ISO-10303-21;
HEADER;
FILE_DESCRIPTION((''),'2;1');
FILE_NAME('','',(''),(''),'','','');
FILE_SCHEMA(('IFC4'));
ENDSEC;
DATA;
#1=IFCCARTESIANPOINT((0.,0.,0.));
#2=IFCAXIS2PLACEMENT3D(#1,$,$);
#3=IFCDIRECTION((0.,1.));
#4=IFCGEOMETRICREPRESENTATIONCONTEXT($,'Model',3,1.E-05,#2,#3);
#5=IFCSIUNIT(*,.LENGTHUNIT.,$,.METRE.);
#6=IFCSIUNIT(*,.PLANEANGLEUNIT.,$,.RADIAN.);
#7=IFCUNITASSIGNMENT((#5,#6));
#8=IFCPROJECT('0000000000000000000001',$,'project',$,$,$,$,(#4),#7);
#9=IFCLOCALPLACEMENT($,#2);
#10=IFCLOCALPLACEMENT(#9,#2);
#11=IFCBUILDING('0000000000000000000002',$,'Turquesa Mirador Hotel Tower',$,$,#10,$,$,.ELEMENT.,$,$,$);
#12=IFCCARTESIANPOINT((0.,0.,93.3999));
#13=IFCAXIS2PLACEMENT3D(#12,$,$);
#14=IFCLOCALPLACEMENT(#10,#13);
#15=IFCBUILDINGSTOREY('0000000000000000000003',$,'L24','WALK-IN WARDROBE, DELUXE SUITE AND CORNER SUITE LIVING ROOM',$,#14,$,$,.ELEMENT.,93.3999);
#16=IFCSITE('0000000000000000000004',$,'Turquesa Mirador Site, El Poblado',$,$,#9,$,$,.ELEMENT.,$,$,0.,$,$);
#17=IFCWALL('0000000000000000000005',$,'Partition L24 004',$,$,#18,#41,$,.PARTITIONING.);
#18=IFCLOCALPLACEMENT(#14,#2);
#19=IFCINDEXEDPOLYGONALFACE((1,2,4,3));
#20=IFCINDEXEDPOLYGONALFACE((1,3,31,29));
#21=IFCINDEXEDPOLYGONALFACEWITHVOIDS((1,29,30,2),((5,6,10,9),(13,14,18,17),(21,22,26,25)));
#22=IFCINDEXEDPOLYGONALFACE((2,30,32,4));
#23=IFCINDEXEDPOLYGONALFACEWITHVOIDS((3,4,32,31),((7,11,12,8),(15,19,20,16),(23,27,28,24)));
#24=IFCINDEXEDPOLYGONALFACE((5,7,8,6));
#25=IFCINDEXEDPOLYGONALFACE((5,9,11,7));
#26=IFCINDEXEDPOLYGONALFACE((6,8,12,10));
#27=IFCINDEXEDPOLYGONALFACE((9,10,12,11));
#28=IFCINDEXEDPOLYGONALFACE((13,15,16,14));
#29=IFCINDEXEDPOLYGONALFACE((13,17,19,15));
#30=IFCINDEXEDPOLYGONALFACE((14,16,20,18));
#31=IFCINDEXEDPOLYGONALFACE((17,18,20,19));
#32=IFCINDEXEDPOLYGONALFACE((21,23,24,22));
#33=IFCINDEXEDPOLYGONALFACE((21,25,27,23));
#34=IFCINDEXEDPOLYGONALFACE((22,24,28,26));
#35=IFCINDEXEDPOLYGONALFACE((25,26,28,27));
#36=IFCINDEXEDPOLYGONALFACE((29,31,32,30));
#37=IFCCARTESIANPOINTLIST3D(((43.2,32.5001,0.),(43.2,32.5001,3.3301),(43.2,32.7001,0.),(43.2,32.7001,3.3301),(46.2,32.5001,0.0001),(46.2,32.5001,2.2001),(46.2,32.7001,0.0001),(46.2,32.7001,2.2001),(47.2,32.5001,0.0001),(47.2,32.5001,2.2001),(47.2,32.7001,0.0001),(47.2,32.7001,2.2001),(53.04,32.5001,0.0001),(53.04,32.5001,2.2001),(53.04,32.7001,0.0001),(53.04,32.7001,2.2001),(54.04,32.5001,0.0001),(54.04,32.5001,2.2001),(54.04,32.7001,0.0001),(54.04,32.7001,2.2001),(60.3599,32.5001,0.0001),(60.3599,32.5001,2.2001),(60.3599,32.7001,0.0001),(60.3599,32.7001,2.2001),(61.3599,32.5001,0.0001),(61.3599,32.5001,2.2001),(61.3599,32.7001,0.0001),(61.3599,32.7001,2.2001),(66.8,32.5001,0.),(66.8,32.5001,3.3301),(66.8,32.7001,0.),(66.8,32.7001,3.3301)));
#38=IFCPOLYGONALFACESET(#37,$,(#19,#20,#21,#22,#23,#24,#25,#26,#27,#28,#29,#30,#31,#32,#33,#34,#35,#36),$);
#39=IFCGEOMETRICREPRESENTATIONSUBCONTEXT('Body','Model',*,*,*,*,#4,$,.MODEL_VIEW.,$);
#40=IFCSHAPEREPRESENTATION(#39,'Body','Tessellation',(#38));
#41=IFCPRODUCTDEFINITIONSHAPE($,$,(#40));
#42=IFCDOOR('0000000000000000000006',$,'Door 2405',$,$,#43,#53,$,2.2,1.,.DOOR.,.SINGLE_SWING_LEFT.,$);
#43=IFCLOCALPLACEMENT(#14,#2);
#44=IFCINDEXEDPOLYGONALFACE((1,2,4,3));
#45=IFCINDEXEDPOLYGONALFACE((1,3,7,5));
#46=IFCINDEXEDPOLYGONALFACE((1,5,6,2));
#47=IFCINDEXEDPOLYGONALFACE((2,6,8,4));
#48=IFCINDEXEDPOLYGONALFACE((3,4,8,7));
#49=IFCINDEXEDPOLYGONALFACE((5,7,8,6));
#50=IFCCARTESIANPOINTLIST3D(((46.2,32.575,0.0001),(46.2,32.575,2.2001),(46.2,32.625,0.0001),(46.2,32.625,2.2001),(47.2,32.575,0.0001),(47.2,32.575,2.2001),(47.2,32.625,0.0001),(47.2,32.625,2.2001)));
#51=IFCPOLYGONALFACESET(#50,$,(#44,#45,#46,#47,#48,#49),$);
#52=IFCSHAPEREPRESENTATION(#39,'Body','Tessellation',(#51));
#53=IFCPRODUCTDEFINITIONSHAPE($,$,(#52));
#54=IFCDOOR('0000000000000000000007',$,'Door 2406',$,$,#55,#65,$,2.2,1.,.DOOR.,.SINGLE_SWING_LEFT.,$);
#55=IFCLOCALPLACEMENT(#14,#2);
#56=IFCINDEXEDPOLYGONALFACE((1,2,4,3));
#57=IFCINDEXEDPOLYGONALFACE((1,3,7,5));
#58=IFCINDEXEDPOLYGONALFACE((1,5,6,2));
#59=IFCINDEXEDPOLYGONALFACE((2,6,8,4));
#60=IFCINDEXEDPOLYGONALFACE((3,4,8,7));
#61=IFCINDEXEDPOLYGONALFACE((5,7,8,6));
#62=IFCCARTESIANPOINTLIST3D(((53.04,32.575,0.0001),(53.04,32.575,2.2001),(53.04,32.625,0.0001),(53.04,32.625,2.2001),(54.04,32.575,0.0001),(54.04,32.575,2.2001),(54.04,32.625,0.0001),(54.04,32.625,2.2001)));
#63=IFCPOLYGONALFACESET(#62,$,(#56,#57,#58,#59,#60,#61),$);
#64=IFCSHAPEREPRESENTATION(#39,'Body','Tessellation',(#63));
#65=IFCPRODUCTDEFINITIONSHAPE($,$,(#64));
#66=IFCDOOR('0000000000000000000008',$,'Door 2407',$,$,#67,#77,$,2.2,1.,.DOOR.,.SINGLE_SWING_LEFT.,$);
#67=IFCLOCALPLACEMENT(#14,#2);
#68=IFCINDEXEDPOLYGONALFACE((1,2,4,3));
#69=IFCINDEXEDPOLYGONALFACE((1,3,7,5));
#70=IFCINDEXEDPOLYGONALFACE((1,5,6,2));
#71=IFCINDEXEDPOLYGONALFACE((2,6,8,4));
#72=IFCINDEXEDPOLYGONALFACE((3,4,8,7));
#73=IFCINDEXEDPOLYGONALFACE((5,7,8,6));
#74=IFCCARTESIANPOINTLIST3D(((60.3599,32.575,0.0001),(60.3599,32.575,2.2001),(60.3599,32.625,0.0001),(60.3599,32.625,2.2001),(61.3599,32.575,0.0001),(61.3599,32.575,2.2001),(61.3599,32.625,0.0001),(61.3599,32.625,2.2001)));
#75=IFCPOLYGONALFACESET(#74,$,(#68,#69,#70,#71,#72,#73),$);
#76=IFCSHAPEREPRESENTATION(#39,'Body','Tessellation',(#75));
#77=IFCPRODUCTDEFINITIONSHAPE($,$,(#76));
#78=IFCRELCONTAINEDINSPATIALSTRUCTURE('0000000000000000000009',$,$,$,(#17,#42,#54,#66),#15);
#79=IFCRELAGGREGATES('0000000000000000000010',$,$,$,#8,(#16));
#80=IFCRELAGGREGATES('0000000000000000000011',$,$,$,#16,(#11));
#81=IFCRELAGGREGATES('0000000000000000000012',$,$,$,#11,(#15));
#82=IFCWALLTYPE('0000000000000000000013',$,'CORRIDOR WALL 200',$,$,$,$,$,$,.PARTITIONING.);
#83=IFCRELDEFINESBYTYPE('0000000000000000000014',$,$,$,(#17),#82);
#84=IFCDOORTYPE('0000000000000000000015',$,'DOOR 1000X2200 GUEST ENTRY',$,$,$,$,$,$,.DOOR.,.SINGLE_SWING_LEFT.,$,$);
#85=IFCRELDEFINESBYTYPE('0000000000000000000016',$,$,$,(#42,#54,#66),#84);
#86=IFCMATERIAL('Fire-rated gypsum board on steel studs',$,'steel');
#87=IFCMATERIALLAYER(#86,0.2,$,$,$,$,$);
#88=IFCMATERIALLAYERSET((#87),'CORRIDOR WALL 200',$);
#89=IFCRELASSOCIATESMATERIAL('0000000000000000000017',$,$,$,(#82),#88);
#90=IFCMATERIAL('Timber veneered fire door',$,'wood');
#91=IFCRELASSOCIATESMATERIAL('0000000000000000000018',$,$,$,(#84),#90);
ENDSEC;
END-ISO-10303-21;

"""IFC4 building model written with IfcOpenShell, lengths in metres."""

from ifc_helpers import new_model, si_unit, direction, frame, frame_2d, origin, place, context, subcontext, project, spatial, rectangle, extrude, material, layer, layer_set, type_object, element, fill, save


model = new_model("IFC4")

# Units and contexts
model_context = context("Model", 3, precision=1e-05, world=origin(), true_north=direction((0.0, 1.0)))
body_context = subcontext(model_context, "Body", "Model", "MODEL_VIEW")
ifc_project = project(units=[si_unit("LENGTHUNIT", "METRE"), si_unit("PLANEANGLEUNIT", "RADIAN")], contexts=[model_context])

# Site, building, storey
site_placement = place(None, origin())
site = spatial("IfcSite", under=ifc_project, at=site_placement, Name="Turquesa Mirador Site, El Poblado", CompositionType="ELEMENT", RefElevation=0.0)
building_placement = place(site_placement, origin())
building = spatial("IfcBuilding", under=site, at=building_placement, Name="Turquesa Mirador Hotel Tower", CompositionType="ELEMENT")
storey_placement = place(building_placement, frame((0.0, 0.0, 93.3999)))
storey = spatial("IfcBuildingStorey", under=building, at=storey_placement, Name="L24", Description="WALK-IN WARDROBE, DELUXE SUITE AND CORNER SUITE LIVING ROOM", CompositionType="ELEMENT", Elevation=93.3999)

# Wall, openings, doors
ifc_material_1 = material(Name="Fire-rated gypsum board on steel studs", Category="steel")
ifc_layer_1 = layer(ifc_material_1, 0.2)
ifc_layer_set_1 = layer_set([ifc_layer_1], Name="CORRIDOR WALL 200")
wall_type_1 = type_object("IfcWallType", Name="CORRIDOR WALL 200", PredefinedType="PARTITIONING", material=ifc_layer_set_1)
wall_1_placement = place(storey_placement, frame((43.2, 32.6001, 0.0), z_axis=(0.0, 0.0, 1.0), x_axis=(1.0, 0.0, 0.0)))
wall_1 = element("IfcWall", 1, at=wall_1_placement, inside=storey, type_object=wall_type_1, Name="Partition L24 004", PredefinedType="PARTITIONING", context=body_context, shape_type="SweptSolid", body=[
    extrude(rectangle(XDim=23.6001, YDim=0.2, at=frame_2d((11.8, 0.0))), origin(), (0.0, 0.0, 1.0), 3.3301),
])
opening_1_placement = place(wall_1_placement, frame((3.0, 0.0, 0.0)))
opening_1 = element("IfcOpeningElement", 2, at=opening_1_placement, cuts=wall_1, PredefinedType="OPENING", context=body_context, shape_type="SweptSolid", body=[
    extrude(rectangle(XDim=1.0, YDim=2.2, at=frame_2d((0.5, 1.1001))), frame((0.0, 0.1099, 0.0), z_axis=(0.0, -1.0, 0.0), x_axis=(1.0, 0.0, 0.0)), (0.0, 0.0, 1.0), 0.22),
])
opening_2_placement = place(wall_1_placement, frame((9.8401, 0.0, 0.0)))
opening_2 = element("IfcOpeningElement", 3, at=opening_2_placement, cuts=wall_1, PredefinedType="OPENING", context=body_context, shape_type="SweptSolid", body=[
    extrude(rectangle(XDim=1.0, YDim=2.2, at=frame_2d((0.5, 1.1001))), frame((0.0, 0.1099, 0.0), z_axis=(0.0, -1.0, 0.0), x_axis=(1.0, 0.0, 0.0)), (0.0, 0.0, 1.0), 0.22),
])
opening_3_placement = place(wall_1_placement, frame((17.1599, 0.0, 0.0)))
opening_3 = element("IfcOpeningElement", 4, at=opening_3_placement, cuts=wall_1, PredefinedType="OPENING", context=body_context, shape_type="SweptSolid", body=[
    extrude(rectangle(XDim=1.0, YDim=2.2, at=frame_2d((0.5, 1.1001))), frame((0.0, 0.1099, 0.0), z_axis=(0.0, -1.0, 0.0), x_axis=(1.0, 0.0, 0.0)), (0.0, 0.0, 1.0), 0.22),
])
ifc_material_2 = material(Name="Timber veneered fire door", Category="wood")
door_type_1 = type_object("IfcDoorType", Name="DOOR 1000X2200 GUEST ENTRY", OperationType="SINGLE_SWING_LEFT", PredefinedType="DOOR", material=ifc_material_2)
door_1_placement = place(opening_1_placement, origin())
door_1 = element("IfcDoor", 5, at=door_1_placement, inside=storey, type_object=door_type_1, Name="Door 2405", OperationType="SINGLE_SWING_LEFT", OverallHeight=2.2, OverallWidth=1.0, PredefinedType="DOOR", context=body_context, shape_type="SweptSolid", body=[
    extrude(rectangle(XDim=1.0, YDim=2.2, at=frame_2d((0.5, 1.1001))), frame((0.0, 0.0249, 0.0), z_axis=(0.0, -1.0, 0.0), x_axis=(1.0, 0.0, 0.0)), (0.0, 0.0, 1.0), 0.05),
])
fill(opening_1, door_1)
door_2_placement = place(opening_2_placement, origin())
door_2 = element("IfcDoor", 6, at=door_2_placement, inside=storey, type_object=door_type_1, Name="Door 2406", OperationType="SINGLE_SWING_LEFT", OverallHeight=2.2, OverallWidth=1.0, PredefinedType="DOOR", context=body_context, shape_type="SweptSolid", body=[
    extrude(rectangle(XDim=1.0, YDim=2.2, at=frame_2d((0.5, 1.1001))), frame((0.0, 0.0249, 0.0), z_axis=(0.0, -1.0, 0.0), x_axis=(1.0, 0.0, 0.0)), (0.0, 0.0, 1.0), 0.05),
])
fill(opening_2, door_2)
door_3_placement = place(opening_3_placement, origin())
door_3 = element("IfcDoor", 7, at=door_3_placement, inside=storey, type_object=door_type_1, Name="Door 2407", OperationType="SINGLE_SWING_LEFT", OverallHeight=2.2, OverallWidth=1.0, PredefinedType="DOOR", context=body_context, shape_type="SweptSolid", body=[
    extrude(rectangle(XDim=1.0, YDim=2.2, at=frame_2d((0.5, 1.1001))), frame((0.0, 0.0249, 0.0), z_axis=(0.0, -1.0, 0.0), x_axis=(1.0, 0.0, 0.0)), (0.0, 0.0, 1.0), 0.05),
])
fill(opening_3, door_3)

save(model, "model.ifc")
